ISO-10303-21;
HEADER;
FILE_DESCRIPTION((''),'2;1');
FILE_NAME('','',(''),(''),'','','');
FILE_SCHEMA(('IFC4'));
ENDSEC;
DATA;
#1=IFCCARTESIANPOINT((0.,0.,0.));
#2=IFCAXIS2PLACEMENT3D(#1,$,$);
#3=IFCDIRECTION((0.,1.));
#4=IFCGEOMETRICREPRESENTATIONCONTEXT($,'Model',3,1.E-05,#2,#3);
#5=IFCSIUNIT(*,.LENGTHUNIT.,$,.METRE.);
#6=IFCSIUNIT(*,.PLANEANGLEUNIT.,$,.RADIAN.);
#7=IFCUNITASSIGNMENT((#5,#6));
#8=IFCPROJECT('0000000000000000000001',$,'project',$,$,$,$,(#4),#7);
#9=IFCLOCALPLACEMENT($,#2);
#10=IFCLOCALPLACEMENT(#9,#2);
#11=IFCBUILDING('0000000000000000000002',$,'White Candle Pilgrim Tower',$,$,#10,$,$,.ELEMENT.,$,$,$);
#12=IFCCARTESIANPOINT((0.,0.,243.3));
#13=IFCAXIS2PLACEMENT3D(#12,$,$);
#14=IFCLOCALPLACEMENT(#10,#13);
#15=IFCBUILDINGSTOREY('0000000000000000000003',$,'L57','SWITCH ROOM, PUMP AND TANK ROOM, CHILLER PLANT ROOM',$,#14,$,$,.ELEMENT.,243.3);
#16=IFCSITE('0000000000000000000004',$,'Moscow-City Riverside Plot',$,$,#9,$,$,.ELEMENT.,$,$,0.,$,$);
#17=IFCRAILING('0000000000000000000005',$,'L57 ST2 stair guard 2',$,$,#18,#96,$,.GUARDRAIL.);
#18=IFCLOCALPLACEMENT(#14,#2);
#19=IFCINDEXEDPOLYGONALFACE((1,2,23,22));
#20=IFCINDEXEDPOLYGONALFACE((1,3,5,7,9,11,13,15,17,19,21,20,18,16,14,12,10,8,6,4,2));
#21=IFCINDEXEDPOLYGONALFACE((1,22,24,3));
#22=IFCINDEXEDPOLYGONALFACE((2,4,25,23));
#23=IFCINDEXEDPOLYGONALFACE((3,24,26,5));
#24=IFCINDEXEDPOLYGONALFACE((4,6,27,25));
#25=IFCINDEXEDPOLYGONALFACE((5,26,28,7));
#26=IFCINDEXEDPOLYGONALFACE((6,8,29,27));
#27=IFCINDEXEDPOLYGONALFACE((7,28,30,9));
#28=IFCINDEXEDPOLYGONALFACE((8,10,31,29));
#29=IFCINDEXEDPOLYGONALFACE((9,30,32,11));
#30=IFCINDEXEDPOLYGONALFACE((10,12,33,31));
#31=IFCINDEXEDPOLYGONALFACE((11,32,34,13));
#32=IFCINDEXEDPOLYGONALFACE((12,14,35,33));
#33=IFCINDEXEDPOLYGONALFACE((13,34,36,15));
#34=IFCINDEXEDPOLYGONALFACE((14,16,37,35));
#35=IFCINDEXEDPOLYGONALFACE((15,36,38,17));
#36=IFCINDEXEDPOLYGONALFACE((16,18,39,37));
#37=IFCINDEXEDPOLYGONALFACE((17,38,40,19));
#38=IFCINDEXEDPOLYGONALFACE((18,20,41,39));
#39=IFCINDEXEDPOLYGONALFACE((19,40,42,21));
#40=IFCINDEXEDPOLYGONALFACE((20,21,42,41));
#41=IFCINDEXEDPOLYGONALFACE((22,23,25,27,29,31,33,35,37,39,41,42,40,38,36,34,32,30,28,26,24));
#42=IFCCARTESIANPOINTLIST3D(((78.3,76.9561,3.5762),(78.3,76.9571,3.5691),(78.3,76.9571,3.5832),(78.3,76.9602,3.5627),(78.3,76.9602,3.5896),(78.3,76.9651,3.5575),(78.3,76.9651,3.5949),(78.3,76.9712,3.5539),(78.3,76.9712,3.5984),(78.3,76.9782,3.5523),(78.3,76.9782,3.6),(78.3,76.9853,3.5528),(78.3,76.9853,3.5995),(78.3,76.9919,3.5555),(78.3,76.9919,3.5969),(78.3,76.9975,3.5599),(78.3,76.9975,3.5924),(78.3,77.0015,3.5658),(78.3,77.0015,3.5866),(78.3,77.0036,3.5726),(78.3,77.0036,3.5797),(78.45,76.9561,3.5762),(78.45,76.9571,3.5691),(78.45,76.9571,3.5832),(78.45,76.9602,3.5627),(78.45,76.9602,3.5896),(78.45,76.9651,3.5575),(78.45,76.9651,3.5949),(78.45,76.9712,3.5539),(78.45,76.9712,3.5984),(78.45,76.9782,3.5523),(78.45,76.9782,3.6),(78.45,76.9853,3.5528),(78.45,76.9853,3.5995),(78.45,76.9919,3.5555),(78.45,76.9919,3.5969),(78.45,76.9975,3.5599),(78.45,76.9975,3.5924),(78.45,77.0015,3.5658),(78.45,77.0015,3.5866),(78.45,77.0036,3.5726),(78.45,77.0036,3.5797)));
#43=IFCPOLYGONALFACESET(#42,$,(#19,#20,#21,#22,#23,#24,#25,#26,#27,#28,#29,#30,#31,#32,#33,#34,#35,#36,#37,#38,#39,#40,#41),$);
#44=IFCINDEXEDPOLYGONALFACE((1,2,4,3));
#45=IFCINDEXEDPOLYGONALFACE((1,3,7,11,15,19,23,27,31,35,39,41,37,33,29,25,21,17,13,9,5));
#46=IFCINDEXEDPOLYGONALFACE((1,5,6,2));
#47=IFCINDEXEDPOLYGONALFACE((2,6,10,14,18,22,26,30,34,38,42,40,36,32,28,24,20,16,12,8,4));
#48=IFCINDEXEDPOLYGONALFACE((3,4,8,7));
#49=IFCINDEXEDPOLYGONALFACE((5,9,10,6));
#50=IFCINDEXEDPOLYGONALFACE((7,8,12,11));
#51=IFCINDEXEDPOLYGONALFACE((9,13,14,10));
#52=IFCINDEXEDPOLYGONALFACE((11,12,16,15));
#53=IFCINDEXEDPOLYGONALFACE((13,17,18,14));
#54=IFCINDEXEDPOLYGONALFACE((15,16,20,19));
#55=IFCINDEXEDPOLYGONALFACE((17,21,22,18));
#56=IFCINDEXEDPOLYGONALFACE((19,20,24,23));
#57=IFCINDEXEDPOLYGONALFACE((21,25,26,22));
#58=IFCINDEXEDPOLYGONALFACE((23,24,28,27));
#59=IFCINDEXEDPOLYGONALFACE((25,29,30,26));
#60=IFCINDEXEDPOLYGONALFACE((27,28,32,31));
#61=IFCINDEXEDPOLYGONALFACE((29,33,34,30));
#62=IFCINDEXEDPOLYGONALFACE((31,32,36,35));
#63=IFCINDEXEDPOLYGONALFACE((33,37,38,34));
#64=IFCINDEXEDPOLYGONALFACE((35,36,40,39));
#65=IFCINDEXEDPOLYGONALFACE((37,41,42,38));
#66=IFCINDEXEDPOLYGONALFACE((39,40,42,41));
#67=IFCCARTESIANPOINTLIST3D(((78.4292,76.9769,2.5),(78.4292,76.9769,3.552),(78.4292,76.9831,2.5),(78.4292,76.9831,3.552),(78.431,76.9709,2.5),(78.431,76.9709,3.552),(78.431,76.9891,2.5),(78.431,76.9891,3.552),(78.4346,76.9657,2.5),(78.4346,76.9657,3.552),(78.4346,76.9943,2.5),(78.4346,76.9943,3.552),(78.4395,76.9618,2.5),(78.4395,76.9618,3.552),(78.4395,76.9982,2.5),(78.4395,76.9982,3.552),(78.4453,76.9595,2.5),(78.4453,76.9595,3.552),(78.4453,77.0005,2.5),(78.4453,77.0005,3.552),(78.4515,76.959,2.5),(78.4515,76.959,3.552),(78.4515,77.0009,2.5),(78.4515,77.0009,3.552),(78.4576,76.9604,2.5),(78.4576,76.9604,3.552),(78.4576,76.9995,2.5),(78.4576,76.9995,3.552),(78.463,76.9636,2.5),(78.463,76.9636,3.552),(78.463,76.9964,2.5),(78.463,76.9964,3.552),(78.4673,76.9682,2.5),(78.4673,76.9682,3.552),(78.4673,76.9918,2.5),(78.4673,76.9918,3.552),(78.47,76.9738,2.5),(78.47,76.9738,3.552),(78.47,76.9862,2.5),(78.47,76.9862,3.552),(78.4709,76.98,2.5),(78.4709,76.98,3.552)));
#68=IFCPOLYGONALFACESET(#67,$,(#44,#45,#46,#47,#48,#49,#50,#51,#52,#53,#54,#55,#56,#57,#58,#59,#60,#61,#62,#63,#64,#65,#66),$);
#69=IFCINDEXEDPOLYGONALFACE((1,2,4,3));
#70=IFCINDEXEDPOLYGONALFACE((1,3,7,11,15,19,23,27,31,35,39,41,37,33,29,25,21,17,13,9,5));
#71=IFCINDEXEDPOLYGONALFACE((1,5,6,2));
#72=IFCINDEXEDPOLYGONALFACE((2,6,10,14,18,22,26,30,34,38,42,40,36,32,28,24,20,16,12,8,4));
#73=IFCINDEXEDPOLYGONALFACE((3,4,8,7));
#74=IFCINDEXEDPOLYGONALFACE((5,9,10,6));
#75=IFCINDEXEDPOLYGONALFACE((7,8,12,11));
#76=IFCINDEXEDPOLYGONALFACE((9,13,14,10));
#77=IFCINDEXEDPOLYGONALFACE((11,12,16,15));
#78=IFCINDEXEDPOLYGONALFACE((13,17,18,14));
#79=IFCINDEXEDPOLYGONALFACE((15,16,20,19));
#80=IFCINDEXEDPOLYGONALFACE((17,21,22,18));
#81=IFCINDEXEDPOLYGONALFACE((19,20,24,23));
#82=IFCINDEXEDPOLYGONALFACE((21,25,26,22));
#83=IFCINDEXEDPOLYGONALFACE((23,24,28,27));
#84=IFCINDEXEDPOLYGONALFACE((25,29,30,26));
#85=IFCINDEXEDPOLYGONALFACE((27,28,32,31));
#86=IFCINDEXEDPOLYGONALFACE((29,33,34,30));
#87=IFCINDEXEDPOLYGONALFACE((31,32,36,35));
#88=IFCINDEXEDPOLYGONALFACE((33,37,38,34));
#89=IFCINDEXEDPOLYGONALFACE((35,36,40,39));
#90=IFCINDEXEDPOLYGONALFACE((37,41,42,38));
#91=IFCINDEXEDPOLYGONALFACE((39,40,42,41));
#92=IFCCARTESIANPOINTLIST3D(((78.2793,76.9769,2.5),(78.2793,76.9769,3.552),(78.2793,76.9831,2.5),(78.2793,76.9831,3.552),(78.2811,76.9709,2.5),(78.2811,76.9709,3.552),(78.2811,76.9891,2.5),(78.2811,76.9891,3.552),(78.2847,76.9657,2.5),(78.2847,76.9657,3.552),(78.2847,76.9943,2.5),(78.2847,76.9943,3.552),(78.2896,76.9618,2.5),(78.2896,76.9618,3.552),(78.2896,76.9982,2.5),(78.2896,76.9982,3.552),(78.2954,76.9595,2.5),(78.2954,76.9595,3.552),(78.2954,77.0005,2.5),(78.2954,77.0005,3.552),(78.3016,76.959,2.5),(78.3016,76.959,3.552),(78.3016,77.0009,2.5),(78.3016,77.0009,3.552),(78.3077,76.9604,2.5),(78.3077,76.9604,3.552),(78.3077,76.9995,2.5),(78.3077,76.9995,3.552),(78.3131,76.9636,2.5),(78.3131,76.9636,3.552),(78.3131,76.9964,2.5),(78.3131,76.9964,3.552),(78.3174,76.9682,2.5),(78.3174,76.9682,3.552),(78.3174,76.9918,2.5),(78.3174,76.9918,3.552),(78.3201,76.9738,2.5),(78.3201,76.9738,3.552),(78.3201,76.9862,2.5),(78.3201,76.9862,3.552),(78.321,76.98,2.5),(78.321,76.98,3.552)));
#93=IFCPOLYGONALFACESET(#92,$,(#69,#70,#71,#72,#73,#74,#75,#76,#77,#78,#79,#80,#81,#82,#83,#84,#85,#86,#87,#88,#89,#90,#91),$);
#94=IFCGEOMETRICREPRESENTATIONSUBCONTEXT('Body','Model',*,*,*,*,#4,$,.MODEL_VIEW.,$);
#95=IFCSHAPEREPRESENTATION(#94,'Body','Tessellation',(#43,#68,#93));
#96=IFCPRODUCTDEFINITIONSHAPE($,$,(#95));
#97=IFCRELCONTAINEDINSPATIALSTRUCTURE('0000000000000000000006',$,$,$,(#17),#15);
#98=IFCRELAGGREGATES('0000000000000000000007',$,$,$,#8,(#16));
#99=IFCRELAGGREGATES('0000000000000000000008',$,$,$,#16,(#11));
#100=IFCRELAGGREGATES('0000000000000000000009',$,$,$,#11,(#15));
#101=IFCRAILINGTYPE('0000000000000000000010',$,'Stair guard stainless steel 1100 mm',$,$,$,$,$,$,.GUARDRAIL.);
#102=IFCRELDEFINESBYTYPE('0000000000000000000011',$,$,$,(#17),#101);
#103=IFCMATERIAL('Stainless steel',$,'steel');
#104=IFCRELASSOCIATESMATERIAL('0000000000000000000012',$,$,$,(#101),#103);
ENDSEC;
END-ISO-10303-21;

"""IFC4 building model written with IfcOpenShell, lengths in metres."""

from ifc_helpers import new_model, si_unit, direction, frame, origin, origin_2d, place, context, subcontext, project, spatial, circle, extrude, material, type_object, element, save


model = new_model("IFC4")

# Units and contexts
model_context = context("Model", 3, precision=1e-05, world=origin(), true_north=direction((0.0, 1.0)))
body_context = subcontext(model_context, "Body", "Model", "MODEL_VIEW")
ifc_project = project(units=[si_unit("LENGTHUNIT", "METRE"), si_unit("PLANEANGLEUNIT", "RADIAN")], contexts=[model_context])

# Site, building, storey
site_placement = place(None, origin())
site = spatial("IfcSite", under=ifc_project, at=site_placement, Name="Moscow-City Riverside Plot", CompositionType="ELEMENT", RefElevation=0.0)
building_placement = place(site_placement, origin())
building = spatial("IfcBuilding", under=site, at=building_placement, Name="White Candle Pilgrim Tower", CompositionType="ELEMENT")
storey_placement = place(building_placement, frame((0.0, 0.0, 243.3)))
storey = spatial("IfcBuildingStorey", under=building, at=storey_placement, Name="L57", Description="SWITCH ROOM, PUMP AND TANK ROOM, CHILLER PLANT ROOM", CompositionType="ELEMENT", Elevation=243.3)

# Shared definitions
ifc_material_1 = material(Name="Stainless steel", Category="steel")

# Railing
railing_type_1 = type_object("IfcRailingType", Name="Stair guard stainless steel 1100 mm", PredefinedType="GUARDRAIL", material=ifc_material_1)
railing_1_placement = place(storey_placement, frame((78.45, 76.98, 2.5)))
element("IfcRailing", 1, at=railing_1_placement, inside=storey, type_object=railing_type_1, Name="L57 ST2 stair guard 2", PredefinedType="GUARDRAIL", context=body_context, shape_type="SweptSolid", body=[
    extrude(circle(Radius=0.0239, at=origin_2d()), frame((0.0, 0.0, 1.0762), z_axis=(-1.0, 0.0, 0.0), x_axis=(0.0, -1.0, 0.0)), (0.0, 0.0, 1.0), 0.1499),
    extrude(circle(Radius=0.021, at=origin_2d()), origin(), (0.0, 0.0, 1.0), 1.052),
    extrude(circle(Radius=0.021, at=origin_2d()), frame((-0.1499, 0.0, 0.0)), (0.0, 0.0, 1.0), 1.052),
])

save(model, "model.ifc")
